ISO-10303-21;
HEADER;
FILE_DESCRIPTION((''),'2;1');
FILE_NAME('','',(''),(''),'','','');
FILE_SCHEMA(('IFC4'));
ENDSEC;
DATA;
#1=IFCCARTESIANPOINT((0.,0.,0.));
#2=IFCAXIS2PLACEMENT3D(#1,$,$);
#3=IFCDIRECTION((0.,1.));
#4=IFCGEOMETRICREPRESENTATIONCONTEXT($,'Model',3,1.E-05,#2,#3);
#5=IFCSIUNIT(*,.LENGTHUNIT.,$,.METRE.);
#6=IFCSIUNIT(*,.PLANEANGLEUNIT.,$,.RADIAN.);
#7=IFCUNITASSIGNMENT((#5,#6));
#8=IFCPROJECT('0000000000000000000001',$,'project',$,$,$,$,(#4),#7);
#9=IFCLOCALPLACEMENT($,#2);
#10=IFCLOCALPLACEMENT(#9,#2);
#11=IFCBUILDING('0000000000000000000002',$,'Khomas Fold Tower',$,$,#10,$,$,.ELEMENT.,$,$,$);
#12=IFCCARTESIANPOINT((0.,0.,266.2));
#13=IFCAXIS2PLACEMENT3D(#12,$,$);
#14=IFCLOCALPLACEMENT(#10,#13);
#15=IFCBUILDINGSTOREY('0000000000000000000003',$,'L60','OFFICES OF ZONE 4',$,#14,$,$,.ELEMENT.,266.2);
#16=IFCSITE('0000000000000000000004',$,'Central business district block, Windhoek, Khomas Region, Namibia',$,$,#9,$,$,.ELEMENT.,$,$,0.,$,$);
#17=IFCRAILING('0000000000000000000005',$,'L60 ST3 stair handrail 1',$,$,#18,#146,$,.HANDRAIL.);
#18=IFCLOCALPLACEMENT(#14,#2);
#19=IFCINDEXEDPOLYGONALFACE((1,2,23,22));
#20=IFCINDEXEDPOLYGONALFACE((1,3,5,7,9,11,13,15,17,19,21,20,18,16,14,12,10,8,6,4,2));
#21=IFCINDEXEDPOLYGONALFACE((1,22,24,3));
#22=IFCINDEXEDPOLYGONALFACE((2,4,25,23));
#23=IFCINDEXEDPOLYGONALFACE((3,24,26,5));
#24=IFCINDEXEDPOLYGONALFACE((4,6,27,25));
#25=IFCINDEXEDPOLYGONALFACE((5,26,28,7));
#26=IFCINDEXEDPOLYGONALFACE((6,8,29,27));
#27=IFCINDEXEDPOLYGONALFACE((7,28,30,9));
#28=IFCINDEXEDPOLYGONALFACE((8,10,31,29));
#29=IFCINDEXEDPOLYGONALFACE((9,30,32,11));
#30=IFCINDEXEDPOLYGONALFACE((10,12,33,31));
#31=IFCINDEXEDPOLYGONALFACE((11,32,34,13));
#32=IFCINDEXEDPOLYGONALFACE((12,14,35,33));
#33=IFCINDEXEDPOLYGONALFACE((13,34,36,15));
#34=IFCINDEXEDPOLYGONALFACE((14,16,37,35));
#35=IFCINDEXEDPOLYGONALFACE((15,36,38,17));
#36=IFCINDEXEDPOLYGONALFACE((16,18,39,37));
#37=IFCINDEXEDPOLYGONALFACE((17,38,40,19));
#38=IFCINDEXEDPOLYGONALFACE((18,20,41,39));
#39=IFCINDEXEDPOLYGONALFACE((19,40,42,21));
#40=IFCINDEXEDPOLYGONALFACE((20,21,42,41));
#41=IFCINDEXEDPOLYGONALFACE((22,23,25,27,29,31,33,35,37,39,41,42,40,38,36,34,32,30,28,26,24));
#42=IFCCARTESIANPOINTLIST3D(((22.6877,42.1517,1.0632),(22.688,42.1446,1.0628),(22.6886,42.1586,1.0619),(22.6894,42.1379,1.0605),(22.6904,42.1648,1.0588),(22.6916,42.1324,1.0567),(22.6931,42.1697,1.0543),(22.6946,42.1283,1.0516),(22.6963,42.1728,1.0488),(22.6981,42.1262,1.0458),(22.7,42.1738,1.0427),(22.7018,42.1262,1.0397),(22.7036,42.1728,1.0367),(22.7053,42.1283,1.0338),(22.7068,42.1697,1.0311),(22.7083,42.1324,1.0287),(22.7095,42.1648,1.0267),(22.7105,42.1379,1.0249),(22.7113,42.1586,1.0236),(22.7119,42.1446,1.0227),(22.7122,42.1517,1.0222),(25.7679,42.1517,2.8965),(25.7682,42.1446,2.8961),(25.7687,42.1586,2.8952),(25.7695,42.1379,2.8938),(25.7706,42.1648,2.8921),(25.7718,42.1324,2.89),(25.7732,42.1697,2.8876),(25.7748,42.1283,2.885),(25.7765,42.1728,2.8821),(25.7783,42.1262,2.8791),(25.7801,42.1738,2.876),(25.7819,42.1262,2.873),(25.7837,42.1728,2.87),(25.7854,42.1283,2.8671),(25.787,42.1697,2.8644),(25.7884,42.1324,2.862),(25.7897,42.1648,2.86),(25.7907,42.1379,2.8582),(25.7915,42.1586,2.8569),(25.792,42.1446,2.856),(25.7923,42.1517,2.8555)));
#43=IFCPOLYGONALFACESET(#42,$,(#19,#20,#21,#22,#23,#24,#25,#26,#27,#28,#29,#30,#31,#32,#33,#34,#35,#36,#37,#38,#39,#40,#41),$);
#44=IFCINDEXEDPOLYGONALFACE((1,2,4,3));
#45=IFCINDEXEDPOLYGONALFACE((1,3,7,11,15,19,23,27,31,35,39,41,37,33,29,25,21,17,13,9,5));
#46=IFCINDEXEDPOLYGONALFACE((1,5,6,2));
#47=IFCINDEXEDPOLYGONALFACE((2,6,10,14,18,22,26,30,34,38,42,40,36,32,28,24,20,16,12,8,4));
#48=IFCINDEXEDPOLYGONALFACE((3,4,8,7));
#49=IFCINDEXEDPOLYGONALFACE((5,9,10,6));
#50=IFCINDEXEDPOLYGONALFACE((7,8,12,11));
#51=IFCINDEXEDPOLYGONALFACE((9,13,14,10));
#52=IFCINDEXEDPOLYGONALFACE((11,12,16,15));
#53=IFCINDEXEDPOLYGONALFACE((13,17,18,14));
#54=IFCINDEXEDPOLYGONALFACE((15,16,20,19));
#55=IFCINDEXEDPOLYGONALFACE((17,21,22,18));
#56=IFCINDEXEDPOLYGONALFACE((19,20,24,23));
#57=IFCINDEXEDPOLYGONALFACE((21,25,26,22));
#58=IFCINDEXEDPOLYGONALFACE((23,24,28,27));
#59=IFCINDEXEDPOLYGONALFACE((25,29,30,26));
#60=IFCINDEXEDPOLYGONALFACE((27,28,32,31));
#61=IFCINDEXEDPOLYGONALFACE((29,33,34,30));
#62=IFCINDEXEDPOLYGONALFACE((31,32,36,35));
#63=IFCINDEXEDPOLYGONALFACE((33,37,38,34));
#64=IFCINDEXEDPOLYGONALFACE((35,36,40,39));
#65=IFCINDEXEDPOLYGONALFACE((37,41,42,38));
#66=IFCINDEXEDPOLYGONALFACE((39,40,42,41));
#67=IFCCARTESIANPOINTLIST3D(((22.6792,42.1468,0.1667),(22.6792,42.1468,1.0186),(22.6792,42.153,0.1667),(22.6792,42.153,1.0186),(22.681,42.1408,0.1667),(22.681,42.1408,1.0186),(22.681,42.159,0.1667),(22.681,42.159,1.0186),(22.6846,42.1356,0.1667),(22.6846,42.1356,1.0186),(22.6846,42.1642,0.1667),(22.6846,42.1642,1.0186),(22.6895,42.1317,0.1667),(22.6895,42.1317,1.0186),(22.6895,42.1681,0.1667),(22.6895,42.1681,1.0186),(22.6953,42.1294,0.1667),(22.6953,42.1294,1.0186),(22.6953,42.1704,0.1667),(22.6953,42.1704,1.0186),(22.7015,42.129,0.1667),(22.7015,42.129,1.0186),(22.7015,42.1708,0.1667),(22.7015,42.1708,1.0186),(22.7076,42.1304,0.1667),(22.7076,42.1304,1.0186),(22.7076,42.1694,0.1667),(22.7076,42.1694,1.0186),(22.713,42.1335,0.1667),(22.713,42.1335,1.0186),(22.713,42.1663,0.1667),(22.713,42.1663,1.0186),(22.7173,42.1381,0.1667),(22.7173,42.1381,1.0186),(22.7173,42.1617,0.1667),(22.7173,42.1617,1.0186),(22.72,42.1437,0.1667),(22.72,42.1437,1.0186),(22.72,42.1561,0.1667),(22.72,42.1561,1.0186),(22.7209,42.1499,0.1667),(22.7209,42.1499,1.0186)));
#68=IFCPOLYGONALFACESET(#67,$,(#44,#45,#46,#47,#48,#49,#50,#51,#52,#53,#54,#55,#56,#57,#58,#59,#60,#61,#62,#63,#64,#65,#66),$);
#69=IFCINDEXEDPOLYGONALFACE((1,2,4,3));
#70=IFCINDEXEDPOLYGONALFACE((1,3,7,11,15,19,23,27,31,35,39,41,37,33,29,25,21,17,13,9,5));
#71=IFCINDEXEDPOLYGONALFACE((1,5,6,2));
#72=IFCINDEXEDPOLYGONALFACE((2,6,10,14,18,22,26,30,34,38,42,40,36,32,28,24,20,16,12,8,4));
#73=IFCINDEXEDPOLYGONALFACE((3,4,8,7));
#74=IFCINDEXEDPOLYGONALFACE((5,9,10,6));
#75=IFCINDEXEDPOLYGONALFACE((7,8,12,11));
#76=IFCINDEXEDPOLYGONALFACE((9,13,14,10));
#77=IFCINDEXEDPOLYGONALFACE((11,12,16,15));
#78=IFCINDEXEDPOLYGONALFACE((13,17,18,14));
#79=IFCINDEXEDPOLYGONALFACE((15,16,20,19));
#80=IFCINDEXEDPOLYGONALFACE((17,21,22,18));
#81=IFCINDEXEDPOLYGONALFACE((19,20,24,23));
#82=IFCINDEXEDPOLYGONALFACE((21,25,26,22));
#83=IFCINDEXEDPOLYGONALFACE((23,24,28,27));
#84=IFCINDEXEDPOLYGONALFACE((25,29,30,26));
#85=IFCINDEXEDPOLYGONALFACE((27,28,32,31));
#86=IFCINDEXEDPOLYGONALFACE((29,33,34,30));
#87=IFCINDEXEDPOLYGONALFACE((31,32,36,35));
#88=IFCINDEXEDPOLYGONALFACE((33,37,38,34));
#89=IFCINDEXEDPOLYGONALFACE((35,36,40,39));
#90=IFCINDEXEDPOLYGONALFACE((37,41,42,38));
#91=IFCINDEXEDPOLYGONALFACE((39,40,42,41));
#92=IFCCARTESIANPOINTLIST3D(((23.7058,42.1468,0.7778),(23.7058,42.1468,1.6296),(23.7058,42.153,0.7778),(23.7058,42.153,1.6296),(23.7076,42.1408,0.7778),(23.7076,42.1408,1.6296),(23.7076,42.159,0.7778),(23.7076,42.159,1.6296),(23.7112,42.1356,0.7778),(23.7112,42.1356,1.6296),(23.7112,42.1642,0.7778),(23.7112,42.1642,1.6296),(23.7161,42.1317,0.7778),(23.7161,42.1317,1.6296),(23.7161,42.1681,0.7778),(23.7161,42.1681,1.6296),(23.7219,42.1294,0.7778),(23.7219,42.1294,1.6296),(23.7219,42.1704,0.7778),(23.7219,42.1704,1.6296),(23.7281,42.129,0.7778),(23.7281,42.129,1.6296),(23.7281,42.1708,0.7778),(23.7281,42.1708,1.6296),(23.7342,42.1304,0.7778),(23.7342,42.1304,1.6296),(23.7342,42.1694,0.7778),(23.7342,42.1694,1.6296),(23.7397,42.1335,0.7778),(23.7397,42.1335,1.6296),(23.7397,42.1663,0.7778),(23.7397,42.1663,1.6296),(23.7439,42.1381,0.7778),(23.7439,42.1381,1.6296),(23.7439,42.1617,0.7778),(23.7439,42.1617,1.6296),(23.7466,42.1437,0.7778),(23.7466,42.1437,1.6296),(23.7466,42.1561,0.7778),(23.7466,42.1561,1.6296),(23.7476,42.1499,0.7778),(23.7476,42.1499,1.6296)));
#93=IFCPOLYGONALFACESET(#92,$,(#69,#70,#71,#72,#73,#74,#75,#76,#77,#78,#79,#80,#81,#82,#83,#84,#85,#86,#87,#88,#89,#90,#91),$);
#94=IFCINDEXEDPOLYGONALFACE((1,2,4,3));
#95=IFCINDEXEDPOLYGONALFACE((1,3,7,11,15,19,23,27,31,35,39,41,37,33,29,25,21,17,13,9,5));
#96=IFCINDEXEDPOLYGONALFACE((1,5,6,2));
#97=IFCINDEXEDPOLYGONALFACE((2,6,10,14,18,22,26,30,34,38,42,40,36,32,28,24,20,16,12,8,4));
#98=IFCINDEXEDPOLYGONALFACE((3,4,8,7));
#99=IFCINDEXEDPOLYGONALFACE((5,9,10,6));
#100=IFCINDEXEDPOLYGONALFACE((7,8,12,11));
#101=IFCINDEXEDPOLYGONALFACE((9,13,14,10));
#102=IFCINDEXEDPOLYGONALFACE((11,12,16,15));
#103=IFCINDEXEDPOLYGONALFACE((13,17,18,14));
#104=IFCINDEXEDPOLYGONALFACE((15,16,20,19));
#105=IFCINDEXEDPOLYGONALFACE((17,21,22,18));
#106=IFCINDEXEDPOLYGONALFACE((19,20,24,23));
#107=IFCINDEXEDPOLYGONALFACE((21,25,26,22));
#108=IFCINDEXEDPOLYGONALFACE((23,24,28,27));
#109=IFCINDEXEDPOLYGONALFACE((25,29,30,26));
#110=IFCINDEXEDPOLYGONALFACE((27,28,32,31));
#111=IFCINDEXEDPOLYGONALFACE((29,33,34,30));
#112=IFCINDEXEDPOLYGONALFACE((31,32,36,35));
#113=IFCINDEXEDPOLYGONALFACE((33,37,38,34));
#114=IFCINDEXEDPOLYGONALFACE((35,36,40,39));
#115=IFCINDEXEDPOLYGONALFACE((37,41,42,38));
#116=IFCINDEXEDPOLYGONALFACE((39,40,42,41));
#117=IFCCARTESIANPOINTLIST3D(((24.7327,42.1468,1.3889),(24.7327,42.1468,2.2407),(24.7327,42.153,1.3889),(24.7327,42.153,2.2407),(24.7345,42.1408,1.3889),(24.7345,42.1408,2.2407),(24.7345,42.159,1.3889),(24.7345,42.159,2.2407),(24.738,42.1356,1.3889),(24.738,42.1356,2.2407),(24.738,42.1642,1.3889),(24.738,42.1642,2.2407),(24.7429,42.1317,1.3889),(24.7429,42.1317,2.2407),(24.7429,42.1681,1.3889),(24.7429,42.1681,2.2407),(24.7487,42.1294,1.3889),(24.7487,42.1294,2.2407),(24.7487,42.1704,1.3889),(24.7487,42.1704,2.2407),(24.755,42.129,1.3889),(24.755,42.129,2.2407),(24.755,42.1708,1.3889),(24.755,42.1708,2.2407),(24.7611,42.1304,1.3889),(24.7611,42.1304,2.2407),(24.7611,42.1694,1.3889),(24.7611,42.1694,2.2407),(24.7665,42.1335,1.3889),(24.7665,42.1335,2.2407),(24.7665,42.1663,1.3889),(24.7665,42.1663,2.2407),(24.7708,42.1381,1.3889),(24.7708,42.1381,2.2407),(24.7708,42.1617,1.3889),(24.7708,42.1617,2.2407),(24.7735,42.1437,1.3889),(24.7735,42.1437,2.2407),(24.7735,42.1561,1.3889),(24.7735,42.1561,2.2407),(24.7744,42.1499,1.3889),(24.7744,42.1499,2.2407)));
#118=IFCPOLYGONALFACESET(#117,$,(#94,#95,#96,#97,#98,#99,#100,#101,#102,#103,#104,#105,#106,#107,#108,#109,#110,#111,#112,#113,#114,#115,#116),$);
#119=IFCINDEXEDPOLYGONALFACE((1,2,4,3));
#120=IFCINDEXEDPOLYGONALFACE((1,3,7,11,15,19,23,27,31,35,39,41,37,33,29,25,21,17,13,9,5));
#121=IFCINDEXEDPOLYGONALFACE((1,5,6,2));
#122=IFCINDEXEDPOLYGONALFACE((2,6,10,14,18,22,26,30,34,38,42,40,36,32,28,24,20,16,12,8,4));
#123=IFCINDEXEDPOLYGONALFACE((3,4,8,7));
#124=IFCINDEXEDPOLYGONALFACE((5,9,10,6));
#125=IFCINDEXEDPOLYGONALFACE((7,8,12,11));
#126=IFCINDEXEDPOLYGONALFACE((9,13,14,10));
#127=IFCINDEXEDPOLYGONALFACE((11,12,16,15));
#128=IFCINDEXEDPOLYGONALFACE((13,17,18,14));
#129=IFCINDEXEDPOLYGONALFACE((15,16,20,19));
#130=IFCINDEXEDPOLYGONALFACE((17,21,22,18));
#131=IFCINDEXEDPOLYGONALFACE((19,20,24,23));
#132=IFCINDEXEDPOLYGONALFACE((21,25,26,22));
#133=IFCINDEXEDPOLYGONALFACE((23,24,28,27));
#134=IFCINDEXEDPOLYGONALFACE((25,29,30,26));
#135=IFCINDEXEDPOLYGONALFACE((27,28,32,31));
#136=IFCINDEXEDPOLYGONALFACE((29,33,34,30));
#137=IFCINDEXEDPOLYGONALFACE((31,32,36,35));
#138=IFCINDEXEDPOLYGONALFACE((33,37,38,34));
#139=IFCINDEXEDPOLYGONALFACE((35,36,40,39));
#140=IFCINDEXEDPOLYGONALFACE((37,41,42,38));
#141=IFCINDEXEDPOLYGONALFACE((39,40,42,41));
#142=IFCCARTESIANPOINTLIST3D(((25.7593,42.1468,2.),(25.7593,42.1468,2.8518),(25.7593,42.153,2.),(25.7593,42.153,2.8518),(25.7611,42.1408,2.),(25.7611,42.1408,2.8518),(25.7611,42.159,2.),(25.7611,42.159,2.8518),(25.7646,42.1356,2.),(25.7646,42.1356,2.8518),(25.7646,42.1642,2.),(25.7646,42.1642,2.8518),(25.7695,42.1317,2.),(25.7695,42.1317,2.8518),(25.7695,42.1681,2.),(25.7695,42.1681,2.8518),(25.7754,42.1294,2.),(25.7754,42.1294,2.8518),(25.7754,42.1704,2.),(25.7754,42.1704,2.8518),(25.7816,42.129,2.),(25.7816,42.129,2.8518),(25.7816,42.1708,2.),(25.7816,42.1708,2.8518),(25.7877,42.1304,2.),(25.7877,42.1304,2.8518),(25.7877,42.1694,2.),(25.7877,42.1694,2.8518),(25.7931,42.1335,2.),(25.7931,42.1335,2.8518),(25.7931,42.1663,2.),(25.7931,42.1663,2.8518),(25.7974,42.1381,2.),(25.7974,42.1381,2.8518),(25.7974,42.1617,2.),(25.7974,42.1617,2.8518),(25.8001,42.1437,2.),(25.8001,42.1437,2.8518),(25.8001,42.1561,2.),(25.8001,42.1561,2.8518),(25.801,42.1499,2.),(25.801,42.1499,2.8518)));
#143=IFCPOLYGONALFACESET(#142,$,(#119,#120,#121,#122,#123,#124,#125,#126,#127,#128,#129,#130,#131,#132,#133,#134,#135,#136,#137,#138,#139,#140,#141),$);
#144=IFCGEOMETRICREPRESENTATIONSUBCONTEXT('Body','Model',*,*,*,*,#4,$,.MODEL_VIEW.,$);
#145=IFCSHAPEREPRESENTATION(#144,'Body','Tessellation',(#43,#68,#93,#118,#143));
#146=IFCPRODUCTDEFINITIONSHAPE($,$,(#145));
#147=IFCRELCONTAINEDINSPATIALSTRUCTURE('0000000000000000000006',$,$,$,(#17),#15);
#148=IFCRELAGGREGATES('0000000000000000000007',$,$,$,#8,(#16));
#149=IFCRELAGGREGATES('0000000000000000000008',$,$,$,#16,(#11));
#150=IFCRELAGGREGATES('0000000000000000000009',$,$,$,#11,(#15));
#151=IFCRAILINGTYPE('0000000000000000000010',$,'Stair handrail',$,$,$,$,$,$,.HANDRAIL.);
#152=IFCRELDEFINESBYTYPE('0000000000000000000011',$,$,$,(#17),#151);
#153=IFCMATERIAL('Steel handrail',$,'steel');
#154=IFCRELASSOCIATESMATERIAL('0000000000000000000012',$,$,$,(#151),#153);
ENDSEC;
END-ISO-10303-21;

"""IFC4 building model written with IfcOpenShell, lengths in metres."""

from ifc_helpers import new_model, si_unit, direction, frame, origin, origin_2d, place, context, subcontext, project, spatial, circle, extrude, source, transform, mapped, material, type_object, element, save


model = new_model("IFC4")

# Units and contexts
model_context = context("Model", 3, precision=1e-05, world=origin(), true_north=direction((0.0, 1.0)))
body_context = subcontext(model_context, "Body", "Model", "MODEL_VIEW")
ifc_project = project(units=[si_unit("LENGTHUNIT", "METRE"), si_unit("PLANEANGLEUNIT", "RADIAN")], contexts=[model_context])

# Site, building, storey
site_placement = place(None, origin())
site = spatial("IfcSite", under=ifc_project, at=site_placement, Name="Central business district block, Windhoek, Khomas Region, Namibia", CompositionType="ELEMENT", RefElevation=0.0)
building_placement = place(site_placement, origin())
building = spatial("IfcBuilding", under=site, at=building_placement, Name="Khomas Fold Tower", CompositionType="ELEMENT")
storey_placement = place(building_placement, frame((0.0, 0.0, 266.2)))
storey = spatial("IfcBuildingStorey", under=building, at=storey_placement, Name="L60", Description="OFFICES OF ZONE 4", CompositionType="ELEMENT", Elevation=266.2)

# Railing
ifc_material_1 = material(Name="Steel handrail", Category="steel")
railing_type_1 = type_object("IfcRailingType", Name="Stair handrail", PredefinedType="HANDRAIL", material=ifc_material_1)
shared_shape_1 = source(origin(), body_context, "Body", "SweptSolid", [
    extrude(circle(Radius=0.0239, at=origin_2d()), frame((0.0, 0.0, 0.876), z_axis=(0.859309, 0.0, 0.511458), x_axis=(0.0, 1.0, 0.0)), (0.0, 0.0, 1.0), 3.5845),
    extrude(circle(Radius=0.021, at=origin_2d()), origin(), (0.0, 0.0, 1.0), 0.8518),
    extrude(circle(Radius=0.021, at=origin_2d()), frame((1.0266, 0.0, 0.6111)), (0.0, 0.0, 1.0), 0.8518),
    extrude(circle(Radius=0.021, at=origin_2d()), frame((2.0535, 0.0, 1.2222)), (0.0, 0.0, 1.0), 0.8518),
    extrude(circle(Radius=0.021, at=origin_2d()), frame((3.0801, 0.0, 1.8333)), (0.0, 0.0, 1.0), 0.8518),
])
railing_1_placement = place(storey_placement, frame((22.7, 42.1499, 0.1667)))
element("IfcRailing", 1, at=railing_1_placement, inside=storey, type_object=railing_type_1, Name="L60 ST3 stair handrail 1", PredefinedType="HANDRAIL", context=body_context, shape_type="MappedRepresentation", body=[
    mapped(shared_shape_1, transform((0.0, 0.0, 0.0))),
])

save(model, "model.ifc")
